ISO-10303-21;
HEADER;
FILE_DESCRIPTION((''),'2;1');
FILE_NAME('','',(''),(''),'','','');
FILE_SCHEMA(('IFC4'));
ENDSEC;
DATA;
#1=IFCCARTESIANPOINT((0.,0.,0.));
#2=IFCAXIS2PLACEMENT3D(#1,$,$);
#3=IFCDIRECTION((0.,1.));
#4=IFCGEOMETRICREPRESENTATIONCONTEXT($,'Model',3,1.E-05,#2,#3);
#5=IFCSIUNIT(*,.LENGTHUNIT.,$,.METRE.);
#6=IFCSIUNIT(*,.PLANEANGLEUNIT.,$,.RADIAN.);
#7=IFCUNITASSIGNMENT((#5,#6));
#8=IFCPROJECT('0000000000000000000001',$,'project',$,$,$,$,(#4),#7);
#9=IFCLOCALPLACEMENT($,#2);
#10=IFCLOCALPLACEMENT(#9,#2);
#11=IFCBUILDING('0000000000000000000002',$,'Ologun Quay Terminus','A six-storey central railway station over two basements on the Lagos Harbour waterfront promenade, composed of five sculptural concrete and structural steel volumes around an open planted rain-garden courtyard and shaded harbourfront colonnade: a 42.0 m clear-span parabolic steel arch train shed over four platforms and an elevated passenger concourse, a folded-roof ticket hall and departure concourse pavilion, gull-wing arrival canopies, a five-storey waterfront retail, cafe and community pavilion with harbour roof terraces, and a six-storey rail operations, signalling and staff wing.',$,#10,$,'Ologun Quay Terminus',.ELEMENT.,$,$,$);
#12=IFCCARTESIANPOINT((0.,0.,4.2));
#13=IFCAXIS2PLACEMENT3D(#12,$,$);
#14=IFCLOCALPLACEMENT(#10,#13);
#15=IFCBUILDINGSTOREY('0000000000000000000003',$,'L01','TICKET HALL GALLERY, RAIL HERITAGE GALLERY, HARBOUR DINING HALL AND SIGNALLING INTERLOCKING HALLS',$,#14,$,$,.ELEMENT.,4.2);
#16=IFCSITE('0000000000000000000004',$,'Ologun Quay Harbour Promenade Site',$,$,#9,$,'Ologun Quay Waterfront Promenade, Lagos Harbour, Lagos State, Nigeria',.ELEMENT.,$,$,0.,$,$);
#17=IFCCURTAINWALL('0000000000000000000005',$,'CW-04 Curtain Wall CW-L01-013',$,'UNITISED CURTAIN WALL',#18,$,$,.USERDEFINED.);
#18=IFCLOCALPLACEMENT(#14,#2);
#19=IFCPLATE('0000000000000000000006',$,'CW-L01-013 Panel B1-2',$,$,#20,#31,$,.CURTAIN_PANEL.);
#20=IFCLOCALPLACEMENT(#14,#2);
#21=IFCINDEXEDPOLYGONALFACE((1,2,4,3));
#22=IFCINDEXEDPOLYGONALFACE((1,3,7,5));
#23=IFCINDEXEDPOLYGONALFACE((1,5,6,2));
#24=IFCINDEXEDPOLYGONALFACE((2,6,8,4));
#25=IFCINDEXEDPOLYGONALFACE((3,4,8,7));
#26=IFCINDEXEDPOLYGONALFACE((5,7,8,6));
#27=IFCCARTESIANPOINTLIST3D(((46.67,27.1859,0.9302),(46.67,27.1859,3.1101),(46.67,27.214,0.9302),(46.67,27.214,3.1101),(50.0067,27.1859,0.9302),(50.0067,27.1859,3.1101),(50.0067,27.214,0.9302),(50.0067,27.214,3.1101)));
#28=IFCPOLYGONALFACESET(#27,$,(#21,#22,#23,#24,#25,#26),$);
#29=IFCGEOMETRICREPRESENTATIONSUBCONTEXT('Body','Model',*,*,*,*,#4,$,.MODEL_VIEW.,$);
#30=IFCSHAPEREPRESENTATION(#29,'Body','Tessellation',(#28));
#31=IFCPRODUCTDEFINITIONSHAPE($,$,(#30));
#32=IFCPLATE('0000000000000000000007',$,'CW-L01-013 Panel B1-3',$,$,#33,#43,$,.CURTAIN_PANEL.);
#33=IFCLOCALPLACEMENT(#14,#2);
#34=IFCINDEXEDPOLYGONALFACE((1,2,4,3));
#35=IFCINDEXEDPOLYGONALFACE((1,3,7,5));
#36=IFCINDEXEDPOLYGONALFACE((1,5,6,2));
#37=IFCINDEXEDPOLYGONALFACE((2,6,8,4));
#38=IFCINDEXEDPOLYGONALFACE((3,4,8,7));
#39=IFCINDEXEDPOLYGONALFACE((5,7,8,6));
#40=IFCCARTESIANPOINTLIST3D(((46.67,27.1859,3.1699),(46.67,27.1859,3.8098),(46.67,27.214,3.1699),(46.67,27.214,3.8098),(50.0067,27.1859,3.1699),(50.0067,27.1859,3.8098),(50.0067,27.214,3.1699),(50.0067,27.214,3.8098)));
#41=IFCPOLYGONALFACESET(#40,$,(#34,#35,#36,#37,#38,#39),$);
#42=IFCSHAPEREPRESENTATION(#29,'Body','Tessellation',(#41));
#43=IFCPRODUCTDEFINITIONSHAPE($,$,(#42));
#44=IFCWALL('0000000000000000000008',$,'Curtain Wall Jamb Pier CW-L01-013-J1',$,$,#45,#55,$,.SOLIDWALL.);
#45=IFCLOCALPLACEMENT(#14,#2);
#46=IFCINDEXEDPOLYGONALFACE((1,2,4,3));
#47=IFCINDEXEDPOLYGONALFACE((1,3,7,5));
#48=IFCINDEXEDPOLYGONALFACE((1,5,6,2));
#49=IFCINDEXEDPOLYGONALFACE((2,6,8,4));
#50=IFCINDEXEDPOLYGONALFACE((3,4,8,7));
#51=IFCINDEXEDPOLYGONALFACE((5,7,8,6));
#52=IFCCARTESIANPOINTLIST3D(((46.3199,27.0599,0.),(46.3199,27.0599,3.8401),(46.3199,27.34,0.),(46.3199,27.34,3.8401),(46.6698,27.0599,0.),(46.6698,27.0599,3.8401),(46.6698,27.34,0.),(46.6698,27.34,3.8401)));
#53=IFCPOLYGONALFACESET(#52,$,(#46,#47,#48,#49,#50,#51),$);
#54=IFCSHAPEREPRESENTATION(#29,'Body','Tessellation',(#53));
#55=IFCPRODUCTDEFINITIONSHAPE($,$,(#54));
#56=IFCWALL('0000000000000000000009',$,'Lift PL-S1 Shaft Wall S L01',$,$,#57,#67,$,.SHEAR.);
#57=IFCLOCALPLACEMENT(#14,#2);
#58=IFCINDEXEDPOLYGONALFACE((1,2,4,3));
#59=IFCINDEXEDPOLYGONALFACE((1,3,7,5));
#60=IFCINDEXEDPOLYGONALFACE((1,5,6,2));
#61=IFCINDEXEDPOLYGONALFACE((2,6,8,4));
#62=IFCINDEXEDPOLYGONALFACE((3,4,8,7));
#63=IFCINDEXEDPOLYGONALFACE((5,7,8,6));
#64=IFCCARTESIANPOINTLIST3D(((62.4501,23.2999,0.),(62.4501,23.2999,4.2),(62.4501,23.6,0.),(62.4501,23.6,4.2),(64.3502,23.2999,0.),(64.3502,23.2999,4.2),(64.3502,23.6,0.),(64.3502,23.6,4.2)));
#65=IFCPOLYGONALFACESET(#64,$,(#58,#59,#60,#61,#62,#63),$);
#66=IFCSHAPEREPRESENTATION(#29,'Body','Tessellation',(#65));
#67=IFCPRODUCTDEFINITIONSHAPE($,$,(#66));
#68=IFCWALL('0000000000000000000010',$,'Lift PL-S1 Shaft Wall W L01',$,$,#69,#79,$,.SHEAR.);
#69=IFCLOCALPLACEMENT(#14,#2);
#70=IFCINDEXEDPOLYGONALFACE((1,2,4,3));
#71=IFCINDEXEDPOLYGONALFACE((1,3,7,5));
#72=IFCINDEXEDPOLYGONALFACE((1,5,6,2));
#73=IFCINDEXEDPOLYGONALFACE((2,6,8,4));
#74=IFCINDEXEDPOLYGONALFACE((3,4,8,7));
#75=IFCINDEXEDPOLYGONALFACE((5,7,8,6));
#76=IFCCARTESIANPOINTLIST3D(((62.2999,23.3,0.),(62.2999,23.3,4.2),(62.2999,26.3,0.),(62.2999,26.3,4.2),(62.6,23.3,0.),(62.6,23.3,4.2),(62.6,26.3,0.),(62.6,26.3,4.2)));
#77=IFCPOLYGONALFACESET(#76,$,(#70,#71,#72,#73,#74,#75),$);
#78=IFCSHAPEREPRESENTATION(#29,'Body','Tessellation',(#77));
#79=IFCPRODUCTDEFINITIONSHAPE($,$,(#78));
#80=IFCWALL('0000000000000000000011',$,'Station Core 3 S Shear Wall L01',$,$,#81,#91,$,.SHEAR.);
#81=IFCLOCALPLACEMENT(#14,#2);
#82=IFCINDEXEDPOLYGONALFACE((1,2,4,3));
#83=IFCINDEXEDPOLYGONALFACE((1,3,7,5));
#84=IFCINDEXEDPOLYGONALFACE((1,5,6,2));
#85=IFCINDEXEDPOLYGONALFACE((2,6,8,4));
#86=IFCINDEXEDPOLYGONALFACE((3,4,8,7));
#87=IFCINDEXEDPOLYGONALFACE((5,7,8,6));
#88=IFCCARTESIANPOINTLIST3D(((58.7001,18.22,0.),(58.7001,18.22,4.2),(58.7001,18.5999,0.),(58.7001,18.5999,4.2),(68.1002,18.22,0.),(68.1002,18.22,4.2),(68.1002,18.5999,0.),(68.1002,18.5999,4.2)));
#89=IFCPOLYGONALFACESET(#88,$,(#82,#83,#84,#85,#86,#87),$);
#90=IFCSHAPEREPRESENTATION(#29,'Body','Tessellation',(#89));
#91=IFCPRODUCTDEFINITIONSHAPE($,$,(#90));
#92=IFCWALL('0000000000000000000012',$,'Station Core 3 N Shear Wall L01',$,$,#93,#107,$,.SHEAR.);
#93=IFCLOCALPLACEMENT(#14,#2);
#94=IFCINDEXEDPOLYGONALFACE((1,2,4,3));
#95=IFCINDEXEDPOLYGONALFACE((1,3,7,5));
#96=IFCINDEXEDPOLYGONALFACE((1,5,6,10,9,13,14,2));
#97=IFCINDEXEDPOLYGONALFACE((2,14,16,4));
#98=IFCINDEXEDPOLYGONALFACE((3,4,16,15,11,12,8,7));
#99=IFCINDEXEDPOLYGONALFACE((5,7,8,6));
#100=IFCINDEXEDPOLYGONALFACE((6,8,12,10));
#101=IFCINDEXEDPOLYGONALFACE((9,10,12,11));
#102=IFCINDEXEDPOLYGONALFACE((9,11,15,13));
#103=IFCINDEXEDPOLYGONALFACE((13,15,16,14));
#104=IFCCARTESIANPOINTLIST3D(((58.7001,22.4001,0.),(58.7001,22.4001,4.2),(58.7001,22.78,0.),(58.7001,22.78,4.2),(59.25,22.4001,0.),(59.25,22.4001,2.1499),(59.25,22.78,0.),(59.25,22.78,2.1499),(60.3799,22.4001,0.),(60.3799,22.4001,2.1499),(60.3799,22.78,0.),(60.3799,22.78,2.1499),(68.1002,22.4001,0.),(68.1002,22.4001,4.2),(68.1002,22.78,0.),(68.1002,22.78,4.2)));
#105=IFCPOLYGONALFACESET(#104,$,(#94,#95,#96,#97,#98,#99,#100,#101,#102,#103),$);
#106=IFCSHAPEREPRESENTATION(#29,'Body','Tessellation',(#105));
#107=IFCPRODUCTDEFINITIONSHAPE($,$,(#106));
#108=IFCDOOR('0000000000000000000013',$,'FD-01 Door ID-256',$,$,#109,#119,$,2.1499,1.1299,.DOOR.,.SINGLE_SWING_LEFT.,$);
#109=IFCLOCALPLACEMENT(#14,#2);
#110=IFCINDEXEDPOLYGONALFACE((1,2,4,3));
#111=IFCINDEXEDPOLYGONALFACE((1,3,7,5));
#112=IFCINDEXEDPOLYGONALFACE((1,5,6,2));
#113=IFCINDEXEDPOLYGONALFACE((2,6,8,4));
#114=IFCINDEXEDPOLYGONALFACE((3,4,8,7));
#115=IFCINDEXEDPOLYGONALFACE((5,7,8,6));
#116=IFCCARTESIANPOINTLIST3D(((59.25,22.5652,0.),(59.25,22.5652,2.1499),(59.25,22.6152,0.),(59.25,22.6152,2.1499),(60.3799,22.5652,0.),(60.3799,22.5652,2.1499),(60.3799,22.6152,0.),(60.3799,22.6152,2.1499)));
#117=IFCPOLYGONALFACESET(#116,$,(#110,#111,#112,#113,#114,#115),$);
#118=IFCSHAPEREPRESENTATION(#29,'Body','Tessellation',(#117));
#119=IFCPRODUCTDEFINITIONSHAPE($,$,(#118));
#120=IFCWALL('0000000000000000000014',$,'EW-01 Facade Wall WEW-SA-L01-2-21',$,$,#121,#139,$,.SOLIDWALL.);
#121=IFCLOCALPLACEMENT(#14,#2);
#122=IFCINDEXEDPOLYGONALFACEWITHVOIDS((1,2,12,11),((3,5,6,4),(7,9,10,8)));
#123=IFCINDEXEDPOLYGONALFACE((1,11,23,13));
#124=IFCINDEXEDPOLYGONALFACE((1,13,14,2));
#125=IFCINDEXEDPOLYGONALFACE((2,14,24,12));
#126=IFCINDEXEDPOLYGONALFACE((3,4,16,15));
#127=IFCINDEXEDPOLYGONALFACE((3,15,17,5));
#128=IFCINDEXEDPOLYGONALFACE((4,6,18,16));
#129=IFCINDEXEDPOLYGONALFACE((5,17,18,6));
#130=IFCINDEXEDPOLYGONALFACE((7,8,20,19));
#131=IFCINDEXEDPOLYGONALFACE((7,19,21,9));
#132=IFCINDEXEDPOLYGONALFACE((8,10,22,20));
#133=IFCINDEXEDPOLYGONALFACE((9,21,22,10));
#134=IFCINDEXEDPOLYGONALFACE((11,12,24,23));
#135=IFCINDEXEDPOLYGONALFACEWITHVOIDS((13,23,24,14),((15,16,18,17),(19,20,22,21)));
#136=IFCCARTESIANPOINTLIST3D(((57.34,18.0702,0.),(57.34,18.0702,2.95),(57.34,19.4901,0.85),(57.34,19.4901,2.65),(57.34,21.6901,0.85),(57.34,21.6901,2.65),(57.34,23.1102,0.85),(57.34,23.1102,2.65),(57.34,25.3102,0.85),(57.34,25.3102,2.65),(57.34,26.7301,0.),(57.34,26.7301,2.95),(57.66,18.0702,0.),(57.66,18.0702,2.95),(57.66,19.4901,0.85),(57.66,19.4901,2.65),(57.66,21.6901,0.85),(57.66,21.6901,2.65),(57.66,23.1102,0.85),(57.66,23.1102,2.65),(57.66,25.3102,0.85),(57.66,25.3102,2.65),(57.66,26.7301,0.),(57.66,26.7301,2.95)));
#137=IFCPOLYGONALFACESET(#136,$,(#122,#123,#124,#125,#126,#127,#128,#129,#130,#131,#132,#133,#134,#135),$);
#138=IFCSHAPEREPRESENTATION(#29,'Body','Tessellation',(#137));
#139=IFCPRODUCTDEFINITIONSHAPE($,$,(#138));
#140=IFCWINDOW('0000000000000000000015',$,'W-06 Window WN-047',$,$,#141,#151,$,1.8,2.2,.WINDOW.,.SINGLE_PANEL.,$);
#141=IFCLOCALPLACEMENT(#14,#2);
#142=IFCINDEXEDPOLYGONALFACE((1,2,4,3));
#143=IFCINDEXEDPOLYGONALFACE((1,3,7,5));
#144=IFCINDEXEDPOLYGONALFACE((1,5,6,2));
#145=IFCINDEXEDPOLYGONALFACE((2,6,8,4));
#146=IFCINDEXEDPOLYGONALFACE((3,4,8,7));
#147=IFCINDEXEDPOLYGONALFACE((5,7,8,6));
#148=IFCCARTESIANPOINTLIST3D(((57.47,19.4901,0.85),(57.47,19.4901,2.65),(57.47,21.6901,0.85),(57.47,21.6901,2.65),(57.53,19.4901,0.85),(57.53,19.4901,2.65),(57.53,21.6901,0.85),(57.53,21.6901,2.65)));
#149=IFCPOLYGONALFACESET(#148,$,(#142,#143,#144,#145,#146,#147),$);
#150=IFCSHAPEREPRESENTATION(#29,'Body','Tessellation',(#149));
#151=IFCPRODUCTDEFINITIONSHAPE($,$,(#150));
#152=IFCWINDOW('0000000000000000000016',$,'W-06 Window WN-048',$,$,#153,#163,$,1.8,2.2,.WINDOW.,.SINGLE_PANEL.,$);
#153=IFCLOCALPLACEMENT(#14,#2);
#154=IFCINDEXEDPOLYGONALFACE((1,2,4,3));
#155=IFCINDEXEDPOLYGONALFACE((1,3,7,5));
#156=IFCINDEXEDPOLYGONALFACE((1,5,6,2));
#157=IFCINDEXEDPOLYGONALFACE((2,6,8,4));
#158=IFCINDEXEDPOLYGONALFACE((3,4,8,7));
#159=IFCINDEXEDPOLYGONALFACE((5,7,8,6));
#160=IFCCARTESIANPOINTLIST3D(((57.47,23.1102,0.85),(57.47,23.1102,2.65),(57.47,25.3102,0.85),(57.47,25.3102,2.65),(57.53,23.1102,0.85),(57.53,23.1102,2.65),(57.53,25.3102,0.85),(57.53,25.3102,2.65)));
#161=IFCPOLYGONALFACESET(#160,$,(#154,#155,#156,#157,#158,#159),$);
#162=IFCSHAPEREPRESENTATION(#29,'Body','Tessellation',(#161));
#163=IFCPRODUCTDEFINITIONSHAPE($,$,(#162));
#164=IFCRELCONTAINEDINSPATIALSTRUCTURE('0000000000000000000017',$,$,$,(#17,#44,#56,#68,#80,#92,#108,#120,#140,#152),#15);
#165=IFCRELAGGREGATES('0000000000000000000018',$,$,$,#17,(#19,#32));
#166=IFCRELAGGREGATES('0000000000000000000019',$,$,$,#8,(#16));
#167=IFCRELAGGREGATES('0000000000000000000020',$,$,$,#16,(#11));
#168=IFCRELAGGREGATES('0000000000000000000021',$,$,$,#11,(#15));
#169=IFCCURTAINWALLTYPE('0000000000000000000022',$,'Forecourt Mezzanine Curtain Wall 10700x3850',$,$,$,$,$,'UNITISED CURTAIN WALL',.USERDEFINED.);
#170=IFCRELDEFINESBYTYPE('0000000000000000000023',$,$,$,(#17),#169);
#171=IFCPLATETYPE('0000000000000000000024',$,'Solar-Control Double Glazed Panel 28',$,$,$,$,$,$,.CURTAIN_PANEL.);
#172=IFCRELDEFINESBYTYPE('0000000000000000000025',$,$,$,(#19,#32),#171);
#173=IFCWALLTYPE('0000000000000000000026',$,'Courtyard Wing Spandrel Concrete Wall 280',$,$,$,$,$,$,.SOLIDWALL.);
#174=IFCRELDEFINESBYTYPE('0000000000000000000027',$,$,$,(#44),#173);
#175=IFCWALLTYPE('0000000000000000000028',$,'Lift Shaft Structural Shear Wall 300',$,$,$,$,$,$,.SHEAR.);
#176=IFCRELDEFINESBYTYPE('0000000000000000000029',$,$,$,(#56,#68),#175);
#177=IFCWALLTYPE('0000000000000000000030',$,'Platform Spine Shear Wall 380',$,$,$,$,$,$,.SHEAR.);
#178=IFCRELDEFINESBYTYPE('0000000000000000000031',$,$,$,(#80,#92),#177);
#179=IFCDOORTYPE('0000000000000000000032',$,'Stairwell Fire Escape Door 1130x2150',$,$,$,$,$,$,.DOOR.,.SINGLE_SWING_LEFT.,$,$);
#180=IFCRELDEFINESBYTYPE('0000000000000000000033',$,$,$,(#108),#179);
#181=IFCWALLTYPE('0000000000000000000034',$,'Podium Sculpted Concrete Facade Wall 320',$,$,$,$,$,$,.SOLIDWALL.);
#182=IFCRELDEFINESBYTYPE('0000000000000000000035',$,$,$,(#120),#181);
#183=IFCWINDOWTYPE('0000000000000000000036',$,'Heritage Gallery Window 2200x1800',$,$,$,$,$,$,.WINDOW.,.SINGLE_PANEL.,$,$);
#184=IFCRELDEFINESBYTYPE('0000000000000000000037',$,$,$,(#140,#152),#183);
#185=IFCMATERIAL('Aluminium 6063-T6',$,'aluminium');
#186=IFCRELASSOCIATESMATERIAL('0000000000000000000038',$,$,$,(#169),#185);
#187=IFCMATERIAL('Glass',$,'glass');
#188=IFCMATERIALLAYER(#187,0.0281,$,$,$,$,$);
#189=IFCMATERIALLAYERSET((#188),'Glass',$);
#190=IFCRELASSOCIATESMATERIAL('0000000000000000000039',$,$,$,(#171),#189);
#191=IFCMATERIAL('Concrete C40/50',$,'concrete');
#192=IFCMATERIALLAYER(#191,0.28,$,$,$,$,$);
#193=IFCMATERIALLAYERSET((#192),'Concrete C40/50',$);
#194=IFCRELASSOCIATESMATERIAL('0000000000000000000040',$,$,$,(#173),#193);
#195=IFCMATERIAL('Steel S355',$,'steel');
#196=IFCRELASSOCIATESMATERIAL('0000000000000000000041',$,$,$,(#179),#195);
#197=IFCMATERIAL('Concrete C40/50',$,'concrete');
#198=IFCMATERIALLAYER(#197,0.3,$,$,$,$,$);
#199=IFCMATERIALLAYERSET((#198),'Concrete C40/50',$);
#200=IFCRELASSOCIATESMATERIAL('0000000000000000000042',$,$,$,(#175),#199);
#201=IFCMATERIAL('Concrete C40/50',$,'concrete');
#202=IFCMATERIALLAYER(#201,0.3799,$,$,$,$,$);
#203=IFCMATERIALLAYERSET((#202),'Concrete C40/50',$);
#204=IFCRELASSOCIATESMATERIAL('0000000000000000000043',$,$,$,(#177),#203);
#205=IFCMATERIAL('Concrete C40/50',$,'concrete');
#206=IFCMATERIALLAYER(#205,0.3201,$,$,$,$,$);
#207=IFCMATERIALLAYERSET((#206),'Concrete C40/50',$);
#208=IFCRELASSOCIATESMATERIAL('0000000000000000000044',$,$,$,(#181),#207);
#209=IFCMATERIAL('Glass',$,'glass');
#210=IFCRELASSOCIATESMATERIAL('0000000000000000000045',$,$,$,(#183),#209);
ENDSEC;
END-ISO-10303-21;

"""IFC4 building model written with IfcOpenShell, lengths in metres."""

from ifc_helpers import new_model, si_unit, direction, frame, frame_2d, origin, origin_2d, place, context, subcontext, project, spatial, rectangle, extrude, material, layer, layer_set, type_object, element, fill, aggregate, save


model = new_model("IFC4")

# Units and contexts
model_context = context("Model", 3, precision=1e-05, world=origin(), true_north=direction((0.0, 1.0)))
body_context = subcontext(model_context, "Body", "Model", "MODEL_VIEW")
ifc_project = project(units=[si_unit("LENGTHUNIT", "METRE"), si_unit("PLANEANGLEUNIT", "RADIAN")], contexts=[model_context])

# Site, building, storey
site_placement = place(None, origin())
site = spatial("IfcSite", under=ifc_project, at=site_placement, Name="Ologun Quay Harbour Promenade Site", LongName="Ologun Quay Waterfront Promenade, Lagos Harbour, Lagos State, Nigeria", CompositionType="ELEMENT", RefElevation=0.0)
building_placement = place(site_placement, origin())
building = spatial("IfcBuilding", under=site, at=building_placement, Name="Ologun Quay Terminus", Description="A six-storey central railway station over two basements on the Lagos Harbour waterfront promenade, composed of five sculptural concrete and structural steel volumes around an open planted rain-garden courtyard and shaded harbourfront colonnade: a 42.0 m clear-span parabolic steel arch train shed over four platforms and an elevated passenger concourse, a folded-roof ticket hall and departure concourse pavilion, gull-wing arrival canopies, a five-storey waterfront retail, cafe and community pavilion with harbour roof terraces, and a six-storey rail operations, signalling and staff wing.", LongName="Ologun Quay Terminus", CompositionType="ELEMENT")
storey_placement = place(building_placement, frame((0.0, 0.0, 4.2)))
storey = spatial("IfcBuildingStorey", under=building, at=storey_placement, Name="L01", Description="TICKET HALL GALLERY, RAIL HERITAGE GALLERY, HARBOUR DINING HALL AND SIGNALLING INTERLOCKING HALLS", CompositionType="ELEMENT", Elevation=4.2)

# Curtain wall
ifc_material_1 = material(Name="Aluminium 6063-T6", Category="aluminium")
curtain_wall_type = type_object("IfcCurtainWallType", Name="Forecourt Mezzanine Curtain Wall 10700x3850", ElementType="UNITISED CURTAIN WALL", PredefinedType="USERDEFINED", material=ifc_material_1)
curtain_wall_placement = place(storey_placement, origin())
curtain_wall = element("IfcCurtainWall", 1, at=curtain_wall_placement, inside=storey, type_object=curtain_wall_type, Name="CW-04 Curtain Wall CW-L01-013", ObjectType="UNITISED CURTAIN WALL", PredefinedType="USERDEFINED")

# Plates
ifc_material_2 = material(Name="Glass", Category="glass")
ifc_layer_1 = layer(ifc_material_2, 0.0281)
ifc_layer_set_1 = layer_set([ifc_layer_1], Name="Glass")
plate_type_1 = type_object("IfcPlateType", Name="Solar-Control Double Glazed Panel 28", PredefinedType="CURTAIN_PANEL", material=ifc_layer_set_1)
plate_1_placement = place(storey_placement, frame((48.3384, 27.2, 0.9302), z_axis=(0.0, 0.0, 1.0), x_axis=(1.0, 0.0, 0.0)))
plate_1 = element("IfcPlate", 2, at=plate_1_placement, type_object=plate_type_1, Name="CW-L01-013 Panel B1-2", PredefinedType="CURTAIN_PANEL", context=body_context, shape_type="SweptSolid", body=[
    extrude(rectangle(XDim=3.3367, YDim=0.0281, at=origin_2d()), origin(), (0.0, 0.0, 1.0), 2.1799),
])
plate_2_placement = place(storey_placement, frame((48.3384, 27.2, 3.1699), z_axis=(0.0, 0.0, 1.0), x_axis=(1.0, 0.0, 0.0)))
plate_2 = element("IfcPlate", 3, at=plate_2_placement, type_object=plate_type_1, Name="CW-L01-013 Panel B1-3", PredefinedType="CURTAIN_PANEL", context=body_context, shape_type="SweptSolid", body=[
    extrude(rectangle(XDim=3.3367, YDim=0.0281, at=origin_2d()), origin(), (0.0, 0.0, 1.0), 0.6399),
])
aggregate(curtain_wall, [plate_1, plate_2])

# Wall
ifc_material_3 = material(Name="Concrete C40/50", Category="concrete")
ifc_layer_2 = layer(ifc_material_3, 0.28)
ifc_layer_set_2 = layer_set([ifc_layer_2], Name="Concrete C40/50")
wall_type_1 = type_object("IfcWallType", Name="Courtyard Wing Spandrel Concrete Wall 280", PredefinedType="SOLIDWALL", material=ifc_layer_set_2)
wall_1_placement = place(storey_placement, frame((46.3201, 27.2, 0.0), z_axis=(0.0, 0.0, 1.0), x_axis=(1.0, 0.0, 0.0)))
element("IfcWall", 4, at=wall_1_placement, inside=storey, type_object=wall_type_1, Name="Curtain Wall Jamb Pier CW-L01-013-J1", PredefinedType="SOLIDWALL", context=body_context, shape_type="SweptSolid", body=[
    extrude(rectangle(XDim=0.3499, YDim=0.28, at=frame_2d((0.1748, 0.0))), origin(), (0.0, 0.0, 1.0), 3.8401),
])

# Shared definitions
ifc_material_4 = material(Name="Steel S355", Category="steel")
door_type_1 = type_object("IfcDoorType", Name="Stairwell Fire Escape Door 1130x2150", OperationType="SINGLE_SWING_LEFT", PredefinedType="DOOR", material=ifc_material_4)

# Wall
ifc_material_5 = material(Name="Concrete C40/50", Category="concrete")
ifc_layer_3 = layer(ifc_material_5, 0.3)
ifc_layer_set_3 = layer_set([ifc_layer_3], Name="Concrete C40/50")
wall_type_2 = type_object("IfcWallType", Name="Lift Shaft Structural Shear Wall 300", PredefinedType="SHEAR", material=ifc_layer_set_3)
wall_2_placement = place(storey_placement, frame((62.45, 23.45, 0.0), z_axis=(0.0, 0.0, 1.0), x_axis=(1.0, 0.0, 0.0)))
element("IfcWall", 5, at=wall_2_placement, inside=storey, type_object=wall_type_2, Name="Lift PL-S1 Shaft Wall S L01", PredefinedType="SHEAR", context=body_context, shape_type="SweptSolid", body=[
    extrude(rectangle(XDim=1.9001, YDim=0.3, at=frame_2d((0.9502, 0.0))), origin(), (0.0, 0.0, 1.0), 4.2),
])

# Walls
wall_3_placement = place(storey_placement, frame((62.45, 23.3, 0.0), z_axis=(0.0, 0.0, 1.0), x_axis=(0.0, 1.0, 0.0)))
element("IfcWall", 6, at=wall_3_placement, inside=storey, type_object=wall_type_2, Name="Lift PL-S1 Shaft Wall W L01", PredefinedType="SHEAR", context=body_context, shape_type="SweptSolid", body=[
    extrude(rectangle(XDim=3.0, YDim=0.3, at=frame_2d((1.5, 0.0))), origin(), (0.0, 0.0, 1.0), 4.2),
])
ifc_material_6 = material(Name="Concrete C40/50", Category="concrete")
ifc_layer_4 = layer(ifc_material_6, 0.3799)
ifc_layer_set_4 = layer_set([ifc_layer_4], Name="Concrete C40/50")
wall_type_3 = type_object("IfcWallType", Name="Platform Spine Shear Wall 380", PredefinedType="SHEAR", material=ifc_layer_set_4)
wall_4_placement = place(storey_placement, frame((58.7, 18.4099, 0.0), z_axis=(0.0, 0.0, 1.0), x_axis=(1.0, 0.0, 0.0)))
element("IfcWall", 7, at=wall_4_placement, inside=storey, type_object=wall_type_3, Name="Station Core 3 S Shear Wall L01", PredefinedType="SHEAR", context=body_context, shape_type="SweptSolid", body=[
    extrude(rectangle(XDim=9.4001, YDim=0.3799, at=frame_2d((4.7002, 0.0))), origin(), (0.0, 0.0, 1.0), 4.2),
])

# Wall, opening, door
wall_5_placement = place(storey_placement, frame((58.7, 22.5901, 0.0), z_axis=(0.0, 0.0, 1.0), x_axis=(1.0, 0.0, 0.0)))
wall_5 = element("IfcWall", 8, at=wall_5_placement, inside=storey, type_object=wall_type_3, Name="Station Core 3 N Shear Wall L01", PredefinedType="SHEAR", context=body_context, shape_type="SweptSolid", body=[
    extrude(rectangle(XDim=9.4001, YDim=0.3799, at=frame_2d((4.7002, 0.0))), origin(), (0.0, 0.0, 1.0), 4.2),
])
opening_1_placement = place(wall_5_placement, frame((0.55, 0.0, 0.0)))
opening_1 = element("IfcOpeningElement", 9, at=opening_1_placement, cuts=wall_5, PredefinedType="OPENING", context=body_context, shape_type="SweptSolid", body=[
    extrude(rectangle(XDim=1.1299, YDim=2.1499, at=frame_2d((0.5649, 1.075))), frame((0.0, 0.2, 0.0), z_axis=(0.0, -1.0, 0.0), x_axis=(1.0, 0.0, 0.0)), (0.0, 0.0, 1.0), 0.3999),
])
door_1_placement = place(opening_1_placement, frame((0.5649, 0.0, 0.0), z_axis=(0.0, 0.0, 1.0), x_axis=(-1.0, 0.0, 0.0)))
door_1 = element("IfcDoor", 10, at=door_1_placement, inside=storey, type_object=door_type_1, Name="FD-01 Door ID-256", OperationType="SINGLE_SWING_LEFT", OverallHeight=2.1499, OverallWidth=1.1299, PredefinedType="DOOR", context=body_context, shape_type="SweptSolid", body=[
    extrude(rectangle(XDim=1.1299, YDim=2.1499, at=frame_2d((0.0, 1.075))), frame((0.0, 0.0249, 0.0), z_axis=(0.0, -1.0, 0.0), x_axis=(1.0, 0.0, 0.0)), (0.0, 0.0, 1.0), 0.05),
])
fill(opening_1, door_1)

# Wall, openings, windows
ifc_material_7 = material(Name="Concrete C40/50", Category="concrete")
ifc_layer_5 = layer(ifc_material_7, 0.3201)
ifc_layer_set_5 = layer_set([ifc_layer_5], Name="Concrete C40/50")
wall_type_4 = type_object("IfcWallType", Name="Podium Sculpted Concrete Facade Wall 320", PredefinedType="SOLIDWALL", material=ifc_layer_set_5)
wall_6_placement = place(storey_placement, frame((57.5, 18.0701, 0.0), z_axis=(0.0, 0.0, 1.0), x_axis=(0.0, 1.0, 0.0)))
wall_6 = element("IfcWall", 11, at=wall_6_placement, inside=storey, type_object=wall_type_4, Name="EW-01 Facade Wall WEW-SA-L01-2-21", PredefinedType="SOLIDWALL", context=body_context, shape_type="SweptSolid", body=[
    extrude(rectangle(XDim=8.6599, YDim=0.3201, at=frame_2d((4.3301, 0.0))), origin(), (0.0, 0.0, 1.0), 2.95),
])
opening_2_placement = place(wall_6_placement, frame((1.4199, 0.0, 0.8501)))
opening_2 = element("IfcOpeningElement", 12, at=opening_2_placement, cuts=wall_6, PredefinedType="OPENING", context=body_context, shape_type="SweptSolid", body=[
    extrude(rectangle(XDim=2.2, YDim=1.8, at=frame_2d((1.1001, 0.8999))), frame((0.0, 0.1699, 0.0), z_axis=(0.0, -1.0, 0.0), x_axis=(1.0, 0.0, 0.0)), (0.0, 0.0, 1.0), 0.3401),
])
opening_3_placement = place(wall_6_placement, frame((5.04, 0.0, 0.8501)))
opening_3 = element("IfcOpeningElement", 13, at=opening_3_placement, cuts=wall_6, PredefinedType="OPENING", context=body_context, shape_type="SweptSolid", body=[
    extrude(rectangle(XDim=2.2, YDim=1.8, at=frame_2d((1.1001, 0.8999))), frame((0.0, 0.1699, 0.0), z_axis=(0.0, -1.0, 0.0), x_axis=(1.0, 0.0, 0.0)), (0.0, 0.0, 1.0), 0.3401),
])
ifc_material_8 = material(Name="Glass", Category="glass")
window_type = type_object("IfcWindowType", Name="Heritage Gallery Window 2200x1800", PartitioningType="SINGLE_PANEL", PredefinedType="WINDOW", material=ifc_material_8)
window_1_placement = place(opening_2_placement, origin())
window_1 = element("IfcWindow", 14, at=window_1_placement, inside=storey, type_object=window_type, Name="W-06 Window WN-047", OverallHeight=1.8, OverallWidth=2.2, PartitioningType="SINGLE_PANEL", PredefinedType="WINDOW", context=body_context, shape_type="SweptSolid", body=[
    extrude(rectangle(XDim=2.2, YDim=1.8, at=frame_2d((1.1001, 0.8999))), frame((0.0, 0.03, 0.0), z_axis=(0.0, -1.0, 0.0), x_axis=(1.0, 0.0, 0.0)), (0.0, 0.0, 1.0), 0.0601),
])
fill(opening_2, window_1)
window_2_placement = place(opening_3_placement, origin())
window_2 = element("IfcWindow", 15, at=window_2_placement, inside=storey, type_object=window_type, Name="W-06 Window WN-048", OverallHeight=1.8, OverallWidth=2.2, PartitioningType="SINGLE_PANEL", PredefinedType="WINDOW", context=body_context, shape_type="SweptSolid", body=[
    extrude(rectangle(XDim=2.2, YDim=1.8, at=frame_2d((1.1001, 0.8999))), frame((0.0, 0.03, 0.0), z_axis=(0.0, -1.0, 0.0), x_axis=(1.0, 0.0, 0.0)), (0.0, 0.0, 1.0), 0.0601),
])
fill(opening_3, window_2)

save(model, "model.ifc")
